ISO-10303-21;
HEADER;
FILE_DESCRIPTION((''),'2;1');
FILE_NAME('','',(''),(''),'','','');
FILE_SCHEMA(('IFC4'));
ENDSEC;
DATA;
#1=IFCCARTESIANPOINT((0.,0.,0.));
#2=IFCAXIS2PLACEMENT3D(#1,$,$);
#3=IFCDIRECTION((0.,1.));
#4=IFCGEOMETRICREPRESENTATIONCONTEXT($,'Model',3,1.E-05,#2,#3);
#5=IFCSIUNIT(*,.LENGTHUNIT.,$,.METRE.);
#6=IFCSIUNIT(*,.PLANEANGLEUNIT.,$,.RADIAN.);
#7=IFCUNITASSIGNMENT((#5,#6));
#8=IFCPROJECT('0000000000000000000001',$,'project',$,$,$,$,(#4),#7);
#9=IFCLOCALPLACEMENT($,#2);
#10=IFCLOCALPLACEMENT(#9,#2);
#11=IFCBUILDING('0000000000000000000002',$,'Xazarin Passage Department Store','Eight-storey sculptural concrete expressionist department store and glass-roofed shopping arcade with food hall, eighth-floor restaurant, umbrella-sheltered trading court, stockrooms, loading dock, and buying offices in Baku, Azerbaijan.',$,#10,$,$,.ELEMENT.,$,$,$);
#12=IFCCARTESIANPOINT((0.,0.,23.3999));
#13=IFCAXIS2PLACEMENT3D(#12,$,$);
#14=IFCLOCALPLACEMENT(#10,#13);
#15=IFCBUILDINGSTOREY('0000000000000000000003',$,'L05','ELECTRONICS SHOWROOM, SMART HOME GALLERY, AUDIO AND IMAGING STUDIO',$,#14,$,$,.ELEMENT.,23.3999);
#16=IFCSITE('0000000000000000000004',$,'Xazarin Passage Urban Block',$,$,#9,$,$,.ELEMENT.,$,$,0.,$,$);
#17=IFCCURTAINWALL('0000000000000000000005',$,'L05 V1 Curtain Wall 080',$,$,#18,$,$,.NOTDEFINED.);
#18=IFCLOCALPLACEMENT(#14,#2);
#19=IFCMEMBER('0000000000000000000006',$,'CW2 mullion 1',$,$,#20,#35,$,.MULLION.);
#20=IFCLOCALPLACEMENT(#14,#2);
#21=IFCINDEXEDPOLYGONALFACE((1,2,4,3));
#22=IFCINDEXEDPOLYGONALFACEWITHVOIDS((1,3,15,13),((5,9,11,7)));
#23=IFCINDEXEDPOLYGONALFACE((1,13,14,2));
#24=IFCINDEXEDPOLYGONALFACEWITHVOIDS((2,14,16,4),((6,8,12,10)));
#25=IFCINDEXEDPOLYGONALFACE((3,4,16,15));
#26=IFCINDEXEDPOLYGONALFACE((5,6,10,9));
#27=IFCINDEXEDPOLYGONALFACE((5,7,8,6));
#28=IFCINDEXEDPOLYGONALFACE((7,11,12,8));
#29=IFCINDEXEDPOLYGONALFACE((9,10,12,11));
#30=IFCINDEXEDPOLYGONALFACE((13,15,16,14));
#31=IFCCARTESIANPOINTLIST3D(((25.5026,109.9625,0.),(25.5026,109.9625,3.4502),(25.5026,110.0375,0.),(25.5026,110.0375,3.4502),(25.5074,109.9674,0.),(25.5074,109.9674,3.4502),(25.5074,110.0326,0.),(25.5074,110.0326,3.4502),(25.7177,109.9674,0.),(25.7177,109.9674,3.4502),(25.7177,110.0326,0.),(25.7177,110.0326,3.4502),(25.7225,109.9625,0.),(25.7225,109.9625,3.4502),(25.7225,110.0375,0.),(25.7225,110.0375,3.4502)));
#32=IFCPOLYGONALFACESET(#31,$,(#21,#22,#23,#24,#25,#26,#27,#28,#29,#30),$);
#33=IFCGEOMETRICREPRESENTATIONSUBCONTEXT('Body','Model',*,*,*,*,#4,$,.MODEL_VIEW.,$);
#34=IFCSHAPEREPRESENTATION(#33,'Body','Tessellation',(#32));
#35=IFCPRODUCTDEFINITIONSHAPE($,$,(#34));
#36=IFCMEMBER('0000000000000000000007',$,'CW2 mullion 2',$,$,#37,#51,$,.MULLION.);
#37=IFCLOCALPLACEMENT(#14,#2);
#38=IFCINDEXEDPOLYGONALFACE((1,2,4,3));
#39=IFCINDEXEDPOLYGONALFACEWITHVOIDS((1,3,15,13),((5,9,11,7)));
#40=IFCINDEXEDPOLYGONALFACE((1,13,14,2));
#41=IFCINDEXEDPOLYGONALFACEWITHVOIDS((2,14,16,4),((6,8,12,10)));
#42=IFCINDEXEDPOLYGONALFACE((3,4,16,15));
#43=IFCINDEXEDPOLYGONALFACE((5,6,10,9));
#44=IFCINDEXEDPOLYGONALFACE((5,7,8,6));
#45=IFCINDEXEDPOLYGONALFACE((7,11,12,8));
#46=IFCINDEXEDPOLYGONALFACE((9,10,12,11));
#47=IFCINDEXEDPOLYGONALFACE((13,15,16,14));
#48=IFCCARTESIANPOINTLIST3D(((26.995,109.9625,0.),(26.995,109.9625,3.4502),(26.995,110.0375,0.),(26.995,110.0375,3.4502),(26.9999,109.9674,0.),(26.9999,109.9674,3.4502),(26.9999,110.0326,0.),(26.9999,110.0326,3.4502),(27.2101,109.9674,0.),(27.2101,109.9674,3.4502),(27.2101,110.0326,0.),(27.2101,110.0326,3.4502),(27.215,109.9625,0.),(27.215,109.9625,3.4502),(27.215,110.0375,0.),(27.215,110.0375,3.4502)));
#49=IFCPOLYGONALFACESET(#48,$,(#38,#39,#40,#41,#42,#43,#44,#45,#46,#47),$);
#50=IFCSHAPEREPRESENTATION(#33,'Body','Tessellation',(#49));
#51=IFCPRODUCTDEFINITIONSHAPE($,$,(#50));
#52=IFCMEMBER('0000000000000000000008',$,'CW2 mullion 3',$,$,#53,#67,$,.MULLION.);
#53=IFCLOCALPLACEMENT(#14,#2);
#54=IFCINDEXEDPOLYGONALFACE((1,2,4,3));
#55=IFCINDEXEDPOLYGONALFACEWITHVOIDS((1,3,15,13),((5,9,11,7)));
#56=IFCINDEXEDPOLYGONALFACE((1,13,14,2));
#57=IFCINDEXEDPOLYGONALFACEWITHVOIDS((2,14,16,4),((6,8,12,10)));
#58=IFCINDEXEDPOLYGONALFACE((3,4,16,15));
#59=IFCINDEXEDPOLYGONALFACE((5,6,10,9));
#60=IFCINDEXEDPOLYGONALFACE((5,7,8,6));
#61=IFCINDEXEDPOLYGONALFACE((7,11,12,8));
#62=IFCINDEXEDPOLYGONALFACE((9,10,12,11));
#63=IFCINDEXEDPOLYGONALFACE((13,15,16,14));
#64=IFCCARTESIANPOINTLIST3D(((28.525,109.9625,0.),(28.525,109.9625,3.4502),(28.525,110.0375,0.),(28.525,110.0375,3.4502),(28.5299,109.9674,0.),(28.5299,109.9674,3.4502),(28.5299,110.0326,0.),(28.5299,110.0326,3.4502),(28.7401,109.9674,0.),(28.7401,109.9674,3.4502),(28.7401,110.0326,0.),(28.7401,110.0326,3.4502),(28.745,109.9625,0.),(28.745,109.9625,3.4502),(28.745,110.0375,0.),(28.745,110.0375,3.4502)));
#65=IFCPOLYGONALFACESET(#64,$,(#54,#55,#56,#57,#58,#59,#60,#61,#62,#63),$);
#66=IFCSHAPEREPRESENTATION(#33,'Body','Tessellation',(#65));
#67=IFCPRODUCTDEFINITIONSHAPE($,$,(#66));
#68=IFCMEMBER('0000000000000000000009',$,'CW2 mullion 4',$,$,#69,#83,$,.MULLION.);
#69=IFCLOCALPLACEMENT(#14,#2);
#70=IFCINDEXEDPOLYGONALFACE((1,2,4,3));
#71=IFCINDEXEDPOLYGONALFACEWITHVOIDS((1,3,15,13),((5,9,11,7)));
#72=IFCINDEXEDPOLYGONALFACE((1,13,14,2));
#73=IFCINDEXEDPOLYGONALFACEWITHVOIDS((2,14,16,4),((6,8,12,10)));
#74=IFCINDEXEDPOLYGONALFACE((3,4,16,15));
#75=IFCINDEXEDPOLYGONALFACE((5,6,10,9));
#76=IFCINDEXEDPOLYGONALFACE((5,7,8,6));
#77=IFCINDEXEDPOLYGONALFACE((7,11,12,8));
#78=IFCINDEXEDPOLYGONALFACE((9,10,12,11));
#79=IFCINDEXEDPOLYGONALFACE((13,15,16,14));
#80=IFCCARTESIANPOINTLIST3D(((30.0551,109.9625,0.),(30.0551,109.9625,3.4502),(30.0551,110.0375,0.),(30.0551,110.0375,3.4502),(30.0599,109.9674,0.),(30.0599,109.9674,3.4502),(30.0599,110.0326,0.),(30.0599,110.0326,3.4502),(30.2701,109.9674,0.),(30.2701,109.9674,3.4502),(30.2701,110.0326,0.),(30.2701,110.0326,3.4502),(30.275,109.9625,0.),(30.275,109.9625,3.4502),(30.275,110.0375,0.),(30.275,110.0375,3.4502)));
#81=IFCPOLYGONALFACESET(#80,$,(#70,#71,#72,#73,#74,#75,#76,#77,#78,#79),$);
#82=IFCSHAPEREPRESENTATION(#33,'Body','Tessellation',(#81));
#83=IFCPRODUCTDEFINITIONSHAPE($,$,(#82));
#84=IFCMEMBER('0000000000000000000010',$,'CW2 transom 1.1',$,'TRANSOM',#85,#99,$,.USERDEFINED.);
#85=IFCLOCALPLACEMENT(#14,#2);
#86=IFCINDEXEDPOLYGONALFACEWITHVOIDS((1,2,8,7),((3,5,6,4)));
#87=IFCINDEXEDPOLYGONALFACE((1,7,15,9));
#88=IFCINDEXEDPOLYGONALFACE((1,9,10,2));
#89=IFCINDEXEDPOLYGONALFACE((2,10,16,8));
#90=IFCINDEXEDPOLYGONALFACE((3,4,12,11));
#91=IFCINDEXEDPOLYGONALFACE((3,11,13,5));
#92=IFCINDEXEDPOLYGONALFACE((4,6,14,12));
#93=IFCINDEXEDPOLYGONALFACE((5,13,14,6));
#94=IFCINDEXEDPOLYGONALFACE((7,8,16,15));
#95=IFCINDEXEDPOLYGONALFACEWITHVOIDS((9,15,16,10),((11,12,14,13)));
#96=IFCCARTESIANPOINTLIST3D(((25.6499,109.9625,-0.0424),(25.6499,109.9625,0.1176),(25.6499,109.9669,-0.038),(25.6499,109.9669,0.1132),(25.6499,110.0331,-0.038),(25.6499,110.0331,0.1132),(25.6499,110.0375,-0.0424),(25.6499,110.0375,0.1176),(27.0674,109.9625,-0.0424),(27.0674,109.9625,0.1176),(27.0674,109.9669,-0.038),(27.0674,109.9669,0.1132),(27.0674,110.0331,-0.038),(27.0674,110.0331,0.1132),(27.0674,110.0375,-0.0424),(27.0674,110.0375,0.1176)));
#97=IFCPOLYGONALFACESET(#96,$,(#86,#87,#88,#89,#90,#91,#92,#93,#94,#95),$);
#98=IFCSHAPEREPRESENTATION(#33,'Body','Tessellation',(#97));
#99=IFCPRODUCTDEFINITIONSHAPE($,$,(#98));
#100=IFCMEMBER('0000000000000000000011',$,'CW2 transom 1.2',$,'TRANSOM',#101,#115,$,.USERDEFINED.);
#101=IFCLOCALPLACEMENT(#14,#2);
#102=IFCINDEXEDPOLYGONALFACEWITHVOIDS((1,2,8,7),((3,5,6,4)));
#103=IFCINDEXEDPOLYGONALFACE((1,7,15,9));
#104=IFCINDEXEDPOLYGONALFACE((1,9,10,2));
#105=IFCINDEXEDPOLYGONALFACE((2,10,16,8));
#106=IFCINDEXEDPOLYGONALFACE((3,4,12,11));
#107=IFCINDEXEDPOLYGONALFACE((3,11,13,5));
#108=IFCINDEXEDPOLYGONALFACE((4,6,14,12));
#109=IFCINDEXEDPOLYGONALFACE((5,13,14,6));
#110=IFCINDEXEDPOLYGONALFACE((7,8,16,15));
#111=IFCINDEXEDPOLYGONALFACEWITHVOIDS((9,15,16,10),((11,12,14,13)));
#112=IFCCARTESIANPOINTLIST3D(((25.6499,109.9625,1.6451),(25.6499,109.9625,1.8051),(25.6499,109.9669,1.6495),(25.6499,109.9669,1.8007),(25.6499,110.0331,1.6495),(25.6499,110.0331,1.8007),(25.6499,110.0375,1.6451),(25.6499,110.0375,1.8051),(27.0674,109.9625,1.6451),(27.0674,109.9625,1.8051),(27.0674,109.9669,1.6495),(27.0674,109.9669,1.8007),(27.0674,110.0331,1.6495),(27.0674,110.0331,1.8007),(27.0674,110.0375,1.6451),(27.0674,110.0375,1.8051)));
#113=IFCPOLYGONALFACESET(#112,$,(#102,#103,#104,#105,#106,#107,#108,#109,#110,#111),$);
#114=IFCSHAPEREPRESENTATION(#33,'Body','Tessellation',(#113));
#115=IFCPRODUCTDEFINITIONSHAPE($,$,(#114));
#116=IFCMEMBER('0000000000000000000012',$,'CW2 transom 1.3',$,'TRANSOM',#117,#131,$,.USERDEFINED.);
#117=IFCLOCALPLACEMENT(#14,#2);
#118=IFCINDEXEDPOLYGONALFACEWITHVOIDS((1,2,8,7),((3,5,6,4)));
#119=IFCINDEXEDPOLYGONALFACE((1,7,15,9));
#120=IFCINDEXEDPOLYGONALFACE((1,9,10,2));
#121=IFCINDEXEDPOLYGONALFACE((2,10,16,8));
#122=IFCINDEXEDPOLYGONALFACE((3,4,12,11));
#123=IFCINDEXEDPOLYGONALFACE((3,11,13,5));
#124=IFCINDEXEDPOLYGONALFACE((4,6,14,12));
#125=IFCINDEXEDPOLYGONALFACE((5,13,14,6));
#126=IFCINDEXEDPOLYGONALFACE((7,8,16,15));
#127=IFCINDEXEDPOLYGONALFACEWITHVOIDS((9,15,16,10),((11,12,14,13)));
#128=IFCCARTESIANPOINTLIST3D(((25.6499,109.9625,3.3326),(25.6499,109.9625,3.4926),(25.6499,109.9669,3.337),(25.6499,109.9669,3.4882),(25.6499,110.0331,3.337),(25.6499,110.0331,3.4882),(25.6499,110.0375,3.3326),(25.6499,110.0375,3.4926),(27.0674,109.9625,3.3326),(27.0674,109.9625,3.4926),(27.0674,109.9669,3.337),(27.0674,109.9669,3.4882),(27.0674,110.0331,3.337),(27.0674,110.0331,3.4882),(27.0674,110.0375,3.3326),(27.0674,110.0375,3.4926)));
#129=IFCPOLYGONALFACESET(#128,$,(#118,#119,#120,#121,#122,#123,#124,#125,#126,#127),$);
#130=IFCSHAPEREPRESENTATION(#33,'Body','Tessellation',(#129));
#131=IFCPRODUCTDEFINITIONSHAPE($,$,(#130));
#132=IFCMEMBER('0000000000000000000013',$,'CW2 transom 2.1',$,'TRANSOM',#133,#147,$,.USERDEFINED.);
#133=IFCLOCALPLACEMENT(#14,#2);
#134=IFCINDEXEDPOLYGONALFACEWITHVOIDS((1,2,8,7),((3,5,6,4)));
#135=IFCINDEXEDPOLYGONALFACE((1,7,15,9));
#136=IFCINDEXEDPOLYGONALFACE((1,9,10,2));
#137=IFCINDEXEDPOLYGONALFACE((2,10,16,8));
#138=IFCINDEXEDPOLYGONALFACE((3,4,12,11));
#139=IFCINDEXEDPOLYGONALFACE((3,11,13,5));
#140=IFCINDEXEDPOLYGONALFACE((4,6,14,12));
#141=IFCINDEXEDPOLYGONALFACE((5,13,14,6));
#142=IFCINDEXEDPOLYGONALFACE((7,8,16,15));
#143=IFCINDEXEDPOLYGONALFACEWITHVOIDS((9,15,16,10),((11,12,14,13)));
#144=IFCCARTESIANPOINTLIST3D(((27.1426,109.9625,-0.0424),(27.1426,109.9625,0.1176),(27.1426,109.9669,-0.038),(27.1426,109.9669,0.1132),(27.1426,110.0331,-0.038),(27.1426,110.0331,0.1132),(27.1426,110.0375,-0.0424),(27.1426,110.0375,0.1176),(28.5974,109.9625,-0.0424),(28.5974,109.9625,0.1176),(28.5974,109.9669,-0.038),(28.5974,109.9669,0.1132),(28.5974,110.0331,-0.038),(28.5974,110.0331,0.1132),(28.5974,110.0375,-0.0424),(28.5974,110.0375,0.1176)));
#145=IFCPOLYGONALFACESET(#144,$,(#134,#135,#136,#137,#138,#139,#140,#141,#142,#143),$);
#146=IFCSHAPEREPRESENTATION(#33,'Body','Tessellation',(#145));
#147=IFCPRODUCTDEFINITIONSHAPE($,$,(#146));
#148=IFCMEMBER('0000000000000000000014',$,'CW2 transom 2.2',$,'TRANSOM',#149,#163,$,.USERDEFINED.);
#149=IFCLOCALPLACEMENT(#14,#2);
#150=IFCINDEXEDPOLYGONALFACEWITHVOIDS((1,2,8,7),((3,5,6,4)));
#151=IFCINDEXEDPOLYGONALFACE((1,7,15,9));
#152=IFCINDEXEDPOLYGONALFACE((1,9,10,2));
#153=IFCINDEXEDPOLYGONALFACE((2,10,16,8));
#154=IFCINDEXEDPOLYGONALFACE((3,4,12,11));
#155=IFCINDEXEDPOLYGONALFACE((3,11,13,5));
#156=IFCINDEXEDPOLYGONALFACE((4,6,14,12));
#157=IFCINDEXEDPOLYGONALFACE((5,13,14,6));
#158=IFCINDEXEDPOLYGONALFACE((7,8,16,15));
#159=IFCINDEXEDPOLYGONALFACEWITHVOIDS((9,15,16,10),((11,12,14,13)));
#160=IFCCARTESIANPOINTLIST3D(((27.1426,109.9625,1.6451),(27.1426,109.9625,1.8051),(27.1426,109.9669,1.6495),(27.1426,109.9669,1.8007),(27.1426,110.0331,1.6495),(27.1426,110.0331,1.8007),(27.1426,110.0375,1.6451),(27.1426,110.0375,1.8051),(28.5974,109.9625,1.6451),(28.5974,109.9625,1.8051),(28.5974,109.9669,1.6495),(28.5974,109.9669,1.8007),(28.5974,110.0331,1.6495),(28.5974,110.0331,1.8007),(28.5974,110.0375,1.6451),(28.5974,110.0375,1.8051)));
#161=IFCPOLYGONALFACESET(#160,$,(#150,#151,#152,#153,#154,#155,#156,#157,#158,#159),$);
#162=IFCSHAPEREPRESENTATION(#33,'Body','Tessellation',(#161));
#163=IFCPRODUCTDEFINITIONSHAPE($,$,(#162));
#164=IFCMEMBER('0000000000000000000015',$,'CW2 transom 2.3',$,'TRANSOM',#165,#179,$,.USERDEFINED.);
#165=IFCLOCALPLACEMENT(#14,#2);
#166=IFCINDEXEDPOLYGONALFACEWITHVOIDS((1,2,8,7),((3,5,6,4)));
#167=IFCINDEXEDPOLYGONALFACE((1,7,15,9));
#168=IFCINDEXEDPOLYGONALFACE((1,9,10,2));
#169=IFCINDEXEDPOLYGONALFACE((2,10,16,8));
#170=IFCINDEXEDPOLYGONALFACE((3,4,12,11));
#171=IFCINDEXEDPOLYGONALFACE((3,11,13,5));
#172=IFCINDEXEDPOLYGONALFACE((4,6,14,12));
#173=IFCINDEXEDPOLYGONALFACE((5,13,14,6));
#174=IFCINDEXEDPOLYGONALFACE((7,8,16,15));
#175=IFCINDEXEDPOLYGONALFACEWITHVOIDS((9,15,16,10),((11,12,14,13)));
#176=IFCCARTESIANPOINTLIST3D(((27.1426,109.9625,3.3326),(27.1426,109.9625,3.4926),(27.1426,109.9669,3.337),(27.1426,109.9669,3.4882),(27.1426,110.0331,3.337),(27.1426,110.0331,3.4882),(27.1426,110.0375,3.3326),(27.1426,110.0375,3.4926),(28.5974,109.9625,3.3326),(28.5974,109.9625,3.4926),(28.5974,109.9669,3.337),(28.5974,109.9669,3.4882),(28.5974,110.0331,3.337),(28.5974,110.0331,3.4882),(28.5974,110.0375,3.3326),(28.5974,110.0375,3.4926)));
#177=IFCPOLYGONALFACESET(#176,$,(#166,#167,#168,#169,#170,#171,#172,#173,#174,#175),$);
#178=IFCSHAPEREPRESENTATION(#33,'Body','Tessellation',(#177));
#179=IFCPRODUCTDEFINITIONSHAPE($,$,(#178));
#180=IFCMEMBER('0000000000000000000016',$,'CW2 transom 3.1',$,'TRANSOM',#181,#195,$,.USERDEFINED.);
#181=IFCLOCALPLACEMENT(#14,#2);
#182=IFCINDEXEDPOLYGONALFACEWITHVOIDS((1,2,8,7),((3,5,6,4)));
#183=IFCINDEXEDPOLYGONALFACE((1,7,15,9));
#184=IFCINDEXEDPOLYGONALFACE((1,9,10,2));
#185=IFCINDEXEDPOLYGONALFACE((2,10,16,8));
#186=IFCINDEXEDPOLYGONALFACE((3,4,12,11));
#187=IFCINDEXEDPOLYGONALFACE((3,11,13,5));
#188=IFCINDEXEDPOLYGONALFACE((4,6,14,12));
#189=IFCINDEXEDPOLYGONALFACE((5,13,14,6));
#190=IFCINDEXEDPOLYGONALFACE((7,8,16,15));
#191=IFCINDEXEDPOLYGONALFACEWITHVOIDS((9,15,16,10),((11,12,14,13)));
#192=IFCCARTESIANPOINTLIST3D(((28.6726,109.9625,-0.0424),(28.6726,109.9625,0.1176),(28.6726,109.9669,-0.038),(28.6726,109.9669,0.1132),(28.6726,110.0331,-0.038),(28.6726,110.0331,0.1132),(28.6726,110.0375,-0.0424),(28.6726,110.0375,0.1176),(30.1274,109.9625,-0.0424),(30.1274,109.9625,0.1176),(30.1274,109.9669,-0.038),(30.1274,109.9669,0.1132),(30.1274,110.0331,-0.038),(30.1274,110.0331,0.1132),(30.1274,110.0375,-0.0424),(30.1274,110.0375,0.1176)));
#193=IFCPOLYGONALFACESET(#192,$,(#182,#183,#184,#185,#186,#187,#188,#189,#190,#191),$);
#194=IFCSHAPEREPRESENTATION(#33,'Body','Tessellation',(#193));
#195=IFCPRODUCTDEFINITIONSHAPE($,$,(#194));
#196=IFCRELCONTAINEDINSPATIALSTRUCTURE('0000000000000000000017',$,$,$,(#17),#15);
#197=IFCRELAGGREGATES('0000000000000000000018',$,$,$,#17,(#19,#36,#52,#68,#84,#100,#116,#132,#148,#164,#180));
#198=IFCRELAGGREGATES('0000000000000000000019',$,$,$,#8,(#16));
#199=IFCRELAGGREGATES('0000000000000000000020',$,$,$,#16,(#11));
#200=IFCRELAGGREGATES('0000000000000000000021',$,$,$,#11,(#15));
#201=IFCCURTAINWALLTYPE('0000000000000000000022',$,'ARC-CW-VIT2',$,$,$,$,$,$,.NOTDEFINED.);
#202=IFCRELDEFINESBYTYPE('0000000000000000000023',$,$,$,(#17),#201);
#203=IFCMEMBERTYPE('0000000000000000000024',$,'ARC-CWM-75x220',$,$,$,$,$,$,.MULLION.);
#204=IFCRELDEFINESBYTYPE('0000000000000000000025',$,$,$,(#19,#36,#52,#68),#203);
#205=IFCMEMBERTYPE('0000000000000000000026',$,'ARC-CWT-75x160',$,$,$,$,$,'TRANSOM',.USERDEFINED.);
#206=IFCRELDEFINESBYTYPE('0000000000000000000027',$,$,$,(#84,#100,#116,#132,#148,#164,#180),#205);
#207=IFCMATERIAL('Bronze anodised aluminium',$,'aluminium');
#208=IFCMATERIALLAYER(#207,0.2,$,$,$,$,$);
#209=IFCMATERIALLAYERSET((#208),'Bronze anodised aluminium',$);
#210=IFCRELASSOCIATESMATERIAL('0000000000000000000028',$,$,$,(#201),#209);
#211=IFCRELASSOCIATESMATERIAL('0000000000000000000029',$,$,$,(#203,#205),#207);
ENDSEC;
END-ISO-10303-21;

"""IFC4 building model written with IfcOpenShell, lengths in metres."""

from ifc_helpers import new_model, si_unit, direction, frame, origin, origin_2d, place, context, subcontext, project, spatial, hollow_rectangle, extrude, material, layer, layer_set, material_profile, profile_set, type_object, element, aggregate, save


model = new_model("IFC4")

# Units and contexts
model_context = context("Model", 3, precision=1e-05, world=origin(), true_north=direction((0.0, 1.0)))
body_context = subcontext(model_context, "Body", "Model", "MODEL_VIEW")
ifc_project = project(units=[si_unit("LENGTHUNIT", "METRE"), si_unit("PLANEANGLEUNIT", "RADIAN")], contexts=[model_context])

# Site, building, storey
site_placement = place(None, origin())
site = spatial("IfcSite", under=ifc_project, at=site_placement, Name="Xazarin Passage Urban Block", CompositionType="ELEMENT", RefElevation=0.0)
building_placement = place(site_placement, origin())
building = spatial("IfcBuilding", under=site, at=building_placement, Name="Xazarin Passage Department Store", Description="Eight-storey sculptural concrete expressionist department store and glass-roofed shopping arcade with food hall, eighth-floor restaurant, umbrella-sheltered trading court, stockrooms, loading dock, and buying offices in Baku, Azerbaijan.", CompositionType="ELEMENT")
storey_placement = place(building_placement, frame((0.0, 0.0, 23.3999)))
storey = spatial("IfcBuildingStorey", under=building, at=storey_placement, Name="L05", Description="ELECTRONICS SHOWROOM, SMART HOME GALLERY, AUDIO AND IMAGING STUDIO", CompositionType="ELEMENT", Elevation=23.3999)

# Curtain wall, members
ifc_material_1 = material(Name="Bronze anodised aluminium", Category="aluminium")
ifc_layer_1 = layer(ifc_material_1, 0.2)
ifc_layer_set_1 = layer_set([ifc_layer_1], Name="Bronze anodised aluminium")
curtain_wall_type = type_object("IfcCurtainWallType", Name="ARC-CW-VIT2", PredefinedType="NOTDEFINED", material=ifc_layer_set_1)
curtain_wall_placement = place(storey_placement, origin())
curtain_wall = element("IfcCurtainWall", 1, at=curtain_wall_placement, inside=storey, type_object=curtain_wall_type, Name="L05 V1 Curtain Wall 080", PredefinedType="NOTDEFINED")
ifc_material_profile_1 = material_profile(ifc_material_1, hollow_rectangle(XDim=0.075, YDim=0.22, WallThickness=0.0049, at=origin_2d()), Name="ALU 75x220")
ifc_profile_set_1 = profile_set([ifc_material_profile_1], Name="Bronze anodised aluminium")
member_type_1 = type_object("IfcMemberType", Name="ARC-CWM-75x220", PredefinedType="MULLION", material=ifc_profile_set_1)
member_1_placement = place(storey_placement, frame((25.6125, 110.0, 0.0), z_axis=(0.0, 0.0, 1.0), x_axis=(0.0, 1.0, 0.0)))
member_1 = element("IfcMember", 2, at=member_1_placement, type_object=member_type_1, Name="CW2 mullion 1", PredefinedType="MULLION", context=body_context, shape_type="SweptSolid", body=[
    extrude(hollow_rectangle(XDim=0.075, YDim=0.22, WallThickness=0.0049, at=origin_2d()), origin(), (0.0, 0.0, 1.0), 3.4502),
])
member_2_placement = place(storey_placement, frame((27.105, 110.0, 0.0), z_axis=(0.0, 0.0, 1.0), x_axis=(0.0, 1.0, 0.0)))
member_2 = element("IfcMember", 3, at=member_2_placement, type_object=member_type_1, Name="CW2 mullion 2", PredefinedType="MULLION", context=body_context, shape_type="SweptSolid", body=[
    extrude(hollow_rectangle(XDim=0.075, YDim=0.22, WallThickness=0.0049, at=origin_2d()), origin(), (0.0, 0.0, 1.0), 3.4502),
])
member_3_placement = place(storey_placement, frame((28.635, 110.0, 0.0), z_axis=(0.0, 0.0, 1.0), x_axis=(0.0, 1.0, 0.0)))
member_3 = element("IfcMember", 4, at=member_3_placement, type_object=member_type_1, Name="CW2 mullion 3", PredefinedType="MULLION", context=body_context, shape_type="SweptSolid", body=[
    extrude(hollow_rectangle(XDim=0.075, YDim=0.22, WallThickness=0.0049, at=origin_2d()), origin(), (0.0, 0.0, 1.0), 3.4502),
])
member_4_placement = place(storey_placement, frame((30.165, 110.0, 0.0), z_axis=(0.0, 0.0, 1.0), x_axis=(0.0, 1.0, 0.0)))
member_4 = element("IfcMember", 5, at=member_4_placement, type_object=member_type_1, Name="CW2 mullion 4", PredefinedType="MULLION", context=body_context, shape_type="SweptSolid", body=[
    extrude(hollow_rectangle(XDim=0.075, YDim=0.22, WallThickness=0.0049, at=origin_2d()), origin(), (0.0, 0.0, 1.0), 3.4502),
])
ifc_material_profile_2 = material_profile(ifc_material_1, hollow_rectangle(XDim=0.075, YDim=0.1599, WallThickness=0.0044, at=origin_2d()), Name="ALU 75x160")
ifc_profile_set_2 = profile_set([ifc_material_profile_2], Name="Bronze anodised aluminium")
member_type_2 = type_object("IfcMemberType", Name="ARC-CWT-75x160", ElementType="TRANSOM", PredefinedType="USERDEFINED", material=ifc_profile_set_2)
member_5_placement = place(storey_placement, frame((25.6499, 110.0, 0.0376), z_axis=(1.0, 0.0, 0.0), x_axis=(0.0, 1.0, 0.0)))
member_5 = element("IfcMember", 6, at=member_5_placement, type_object=member_type_2, Name="CW2 transom 1.1", ObjectType="TRANSOM", PredefinedType="USERDEFINED", context=body_context, shape_type="SweptSolid", body=[
    extrude(hollow_rectangle(XDim=0.075, YDim=0.1599, WallThickness=0.0044, at=origin_2d()), origin(), (0.0, 0.0, 1.0), 1.4175),
])
member_6_placement = place(storey_placement, frame((25.6499, 110.0, 1.7251), z_axis=(1.0, 0.0, 0.0), x_axis=(0.0, 1.0, 0.0)))
member_6 = element("IfcMember", 7, at=member_6_placement, type_object=member_type_2, Name="CW2 transom 1.2", ObjectType="TRANSOM", PredefinedType="USERDEFINED", context=body_context, shape_type="SweptSolid", body=[
    extrude(hollow_rectangle(XDim=0.075, YDim=0.1599, WallThickness=0.0044, at=origin_2d()), origin(), (0.0, 0.0, 1.0), 1.4175),
])
member_7_placement = place(storey_placement, frame((25.6499, 110.0, 3.4126), z_axis=(1.0, 0.0, 0.0), x_axis=(0.0, 1.0, 0.0)))
member_7 = element("IfcMember", 8, at=member_7_placement, type_object=member_type_2, Name="CW2 transom 1.3", ObjectType="TRANSOM", PredefinedType="USERDEFINED", context=body_context, shape_type="SweptSolid", body=[
    extrude(hollow_rectangle(XDim=0.075, YDim=0.1599, WallThickness=0.0044, at=origin_2d()), origin(), (0.0, 0.0, 1.0), 1.4175),
])
member_8_placement = place(storey_placement, frame((27.1426, 110.0, 0.0376), z_axis=(1.0, 0.0, 0.0), x_axis=(0.0, 1.0, 0.0)))
member_8 = element("IfcMember", 9, at=member_8_placement, type_object=member_type_2, Name="CW2 transom 2.1", ObjectType="TRANSOM", PredefinedType="USERDEFINED", context=body_context, shape_type="SweptSolid", body=[
    extrude(hollow_rectangle(XDim=0.075, YDim=0.1599, WallThickness=0.0044, at=origin_2d()), origin(), (0.0, 0.0, 1.0), 1.4548),
])
member_9_placement = place(storey_placement, frame((27.1426, 110.0, 1.7251), z_axis=(1.0, 0.0, 0.0), x_axis=(0.0, 1.0, 0.0)))
member_9 = element("IfcMember", 10, at=member_9_placement, type_object=member_type_2, Name="CW2 transom 2.2", ObjectType="TRANSOM", PredefinedType="USERDEFINED", context=body_context, shape_type="SweptSolid", body=[
    extrude(hollow_rectangle(XDim=0.075, YDim=0.1599, WallThickness=0.0044, at=origin_2d()), origin(), (0.0, 0.0, 1.0), 1.4548),
])
member_10_placement = place(storey_placement, frame((27.1426, 110.0, 3.4126), z_axis=(1.0, 0.0, 0.0), x_axis=(0.0, 1.0, 0.0)))
member_10 = element("IfcMember", 11, at=member_10_placement, type_object=member_type_2, Name="CW2 transom 2.3", ObjectType="TRANSOM", PredefinedType="USERDEFINED", context=body_context, shape_type="SweptSolid", body=[
    extrude(hollow_rectangle(XDim=0.075, YDim=0.1599, WallThickness=0.0044, at=origin_2d()), origin(), (0.0, 0.0, 1.0), 1.4548),
])
member_11_placement = place(storey_placement, frame((28.6726, 110.0, 0.0376), z_axis=(1.0, 0.0, 0.0), x_axis=(0.0, 1.0, 0.0)))
member_11 = element("IfcMember", 12, at=member_11_placement, type_object=member_type_2, Name="CW2 transom 3.1", ObjectType="TRANSOM", PredefinedType="USERDEFINED", context=body_context, shape_type="SweptSolid", body=[
    extrude(hollow_rectangle(XDim=0.075, YDim=0.1599, WallThickness=0.0044, at=origin_2d()), origin(), (0.0, 0.0, 1.0), 1.4548),
])

aggregate(curtain_wall, [member_1, member_2, member_3, member_4, member_5, member_6, member_7, member_8, member_9, member_10, member_11])

save(model, "model.ifc")
